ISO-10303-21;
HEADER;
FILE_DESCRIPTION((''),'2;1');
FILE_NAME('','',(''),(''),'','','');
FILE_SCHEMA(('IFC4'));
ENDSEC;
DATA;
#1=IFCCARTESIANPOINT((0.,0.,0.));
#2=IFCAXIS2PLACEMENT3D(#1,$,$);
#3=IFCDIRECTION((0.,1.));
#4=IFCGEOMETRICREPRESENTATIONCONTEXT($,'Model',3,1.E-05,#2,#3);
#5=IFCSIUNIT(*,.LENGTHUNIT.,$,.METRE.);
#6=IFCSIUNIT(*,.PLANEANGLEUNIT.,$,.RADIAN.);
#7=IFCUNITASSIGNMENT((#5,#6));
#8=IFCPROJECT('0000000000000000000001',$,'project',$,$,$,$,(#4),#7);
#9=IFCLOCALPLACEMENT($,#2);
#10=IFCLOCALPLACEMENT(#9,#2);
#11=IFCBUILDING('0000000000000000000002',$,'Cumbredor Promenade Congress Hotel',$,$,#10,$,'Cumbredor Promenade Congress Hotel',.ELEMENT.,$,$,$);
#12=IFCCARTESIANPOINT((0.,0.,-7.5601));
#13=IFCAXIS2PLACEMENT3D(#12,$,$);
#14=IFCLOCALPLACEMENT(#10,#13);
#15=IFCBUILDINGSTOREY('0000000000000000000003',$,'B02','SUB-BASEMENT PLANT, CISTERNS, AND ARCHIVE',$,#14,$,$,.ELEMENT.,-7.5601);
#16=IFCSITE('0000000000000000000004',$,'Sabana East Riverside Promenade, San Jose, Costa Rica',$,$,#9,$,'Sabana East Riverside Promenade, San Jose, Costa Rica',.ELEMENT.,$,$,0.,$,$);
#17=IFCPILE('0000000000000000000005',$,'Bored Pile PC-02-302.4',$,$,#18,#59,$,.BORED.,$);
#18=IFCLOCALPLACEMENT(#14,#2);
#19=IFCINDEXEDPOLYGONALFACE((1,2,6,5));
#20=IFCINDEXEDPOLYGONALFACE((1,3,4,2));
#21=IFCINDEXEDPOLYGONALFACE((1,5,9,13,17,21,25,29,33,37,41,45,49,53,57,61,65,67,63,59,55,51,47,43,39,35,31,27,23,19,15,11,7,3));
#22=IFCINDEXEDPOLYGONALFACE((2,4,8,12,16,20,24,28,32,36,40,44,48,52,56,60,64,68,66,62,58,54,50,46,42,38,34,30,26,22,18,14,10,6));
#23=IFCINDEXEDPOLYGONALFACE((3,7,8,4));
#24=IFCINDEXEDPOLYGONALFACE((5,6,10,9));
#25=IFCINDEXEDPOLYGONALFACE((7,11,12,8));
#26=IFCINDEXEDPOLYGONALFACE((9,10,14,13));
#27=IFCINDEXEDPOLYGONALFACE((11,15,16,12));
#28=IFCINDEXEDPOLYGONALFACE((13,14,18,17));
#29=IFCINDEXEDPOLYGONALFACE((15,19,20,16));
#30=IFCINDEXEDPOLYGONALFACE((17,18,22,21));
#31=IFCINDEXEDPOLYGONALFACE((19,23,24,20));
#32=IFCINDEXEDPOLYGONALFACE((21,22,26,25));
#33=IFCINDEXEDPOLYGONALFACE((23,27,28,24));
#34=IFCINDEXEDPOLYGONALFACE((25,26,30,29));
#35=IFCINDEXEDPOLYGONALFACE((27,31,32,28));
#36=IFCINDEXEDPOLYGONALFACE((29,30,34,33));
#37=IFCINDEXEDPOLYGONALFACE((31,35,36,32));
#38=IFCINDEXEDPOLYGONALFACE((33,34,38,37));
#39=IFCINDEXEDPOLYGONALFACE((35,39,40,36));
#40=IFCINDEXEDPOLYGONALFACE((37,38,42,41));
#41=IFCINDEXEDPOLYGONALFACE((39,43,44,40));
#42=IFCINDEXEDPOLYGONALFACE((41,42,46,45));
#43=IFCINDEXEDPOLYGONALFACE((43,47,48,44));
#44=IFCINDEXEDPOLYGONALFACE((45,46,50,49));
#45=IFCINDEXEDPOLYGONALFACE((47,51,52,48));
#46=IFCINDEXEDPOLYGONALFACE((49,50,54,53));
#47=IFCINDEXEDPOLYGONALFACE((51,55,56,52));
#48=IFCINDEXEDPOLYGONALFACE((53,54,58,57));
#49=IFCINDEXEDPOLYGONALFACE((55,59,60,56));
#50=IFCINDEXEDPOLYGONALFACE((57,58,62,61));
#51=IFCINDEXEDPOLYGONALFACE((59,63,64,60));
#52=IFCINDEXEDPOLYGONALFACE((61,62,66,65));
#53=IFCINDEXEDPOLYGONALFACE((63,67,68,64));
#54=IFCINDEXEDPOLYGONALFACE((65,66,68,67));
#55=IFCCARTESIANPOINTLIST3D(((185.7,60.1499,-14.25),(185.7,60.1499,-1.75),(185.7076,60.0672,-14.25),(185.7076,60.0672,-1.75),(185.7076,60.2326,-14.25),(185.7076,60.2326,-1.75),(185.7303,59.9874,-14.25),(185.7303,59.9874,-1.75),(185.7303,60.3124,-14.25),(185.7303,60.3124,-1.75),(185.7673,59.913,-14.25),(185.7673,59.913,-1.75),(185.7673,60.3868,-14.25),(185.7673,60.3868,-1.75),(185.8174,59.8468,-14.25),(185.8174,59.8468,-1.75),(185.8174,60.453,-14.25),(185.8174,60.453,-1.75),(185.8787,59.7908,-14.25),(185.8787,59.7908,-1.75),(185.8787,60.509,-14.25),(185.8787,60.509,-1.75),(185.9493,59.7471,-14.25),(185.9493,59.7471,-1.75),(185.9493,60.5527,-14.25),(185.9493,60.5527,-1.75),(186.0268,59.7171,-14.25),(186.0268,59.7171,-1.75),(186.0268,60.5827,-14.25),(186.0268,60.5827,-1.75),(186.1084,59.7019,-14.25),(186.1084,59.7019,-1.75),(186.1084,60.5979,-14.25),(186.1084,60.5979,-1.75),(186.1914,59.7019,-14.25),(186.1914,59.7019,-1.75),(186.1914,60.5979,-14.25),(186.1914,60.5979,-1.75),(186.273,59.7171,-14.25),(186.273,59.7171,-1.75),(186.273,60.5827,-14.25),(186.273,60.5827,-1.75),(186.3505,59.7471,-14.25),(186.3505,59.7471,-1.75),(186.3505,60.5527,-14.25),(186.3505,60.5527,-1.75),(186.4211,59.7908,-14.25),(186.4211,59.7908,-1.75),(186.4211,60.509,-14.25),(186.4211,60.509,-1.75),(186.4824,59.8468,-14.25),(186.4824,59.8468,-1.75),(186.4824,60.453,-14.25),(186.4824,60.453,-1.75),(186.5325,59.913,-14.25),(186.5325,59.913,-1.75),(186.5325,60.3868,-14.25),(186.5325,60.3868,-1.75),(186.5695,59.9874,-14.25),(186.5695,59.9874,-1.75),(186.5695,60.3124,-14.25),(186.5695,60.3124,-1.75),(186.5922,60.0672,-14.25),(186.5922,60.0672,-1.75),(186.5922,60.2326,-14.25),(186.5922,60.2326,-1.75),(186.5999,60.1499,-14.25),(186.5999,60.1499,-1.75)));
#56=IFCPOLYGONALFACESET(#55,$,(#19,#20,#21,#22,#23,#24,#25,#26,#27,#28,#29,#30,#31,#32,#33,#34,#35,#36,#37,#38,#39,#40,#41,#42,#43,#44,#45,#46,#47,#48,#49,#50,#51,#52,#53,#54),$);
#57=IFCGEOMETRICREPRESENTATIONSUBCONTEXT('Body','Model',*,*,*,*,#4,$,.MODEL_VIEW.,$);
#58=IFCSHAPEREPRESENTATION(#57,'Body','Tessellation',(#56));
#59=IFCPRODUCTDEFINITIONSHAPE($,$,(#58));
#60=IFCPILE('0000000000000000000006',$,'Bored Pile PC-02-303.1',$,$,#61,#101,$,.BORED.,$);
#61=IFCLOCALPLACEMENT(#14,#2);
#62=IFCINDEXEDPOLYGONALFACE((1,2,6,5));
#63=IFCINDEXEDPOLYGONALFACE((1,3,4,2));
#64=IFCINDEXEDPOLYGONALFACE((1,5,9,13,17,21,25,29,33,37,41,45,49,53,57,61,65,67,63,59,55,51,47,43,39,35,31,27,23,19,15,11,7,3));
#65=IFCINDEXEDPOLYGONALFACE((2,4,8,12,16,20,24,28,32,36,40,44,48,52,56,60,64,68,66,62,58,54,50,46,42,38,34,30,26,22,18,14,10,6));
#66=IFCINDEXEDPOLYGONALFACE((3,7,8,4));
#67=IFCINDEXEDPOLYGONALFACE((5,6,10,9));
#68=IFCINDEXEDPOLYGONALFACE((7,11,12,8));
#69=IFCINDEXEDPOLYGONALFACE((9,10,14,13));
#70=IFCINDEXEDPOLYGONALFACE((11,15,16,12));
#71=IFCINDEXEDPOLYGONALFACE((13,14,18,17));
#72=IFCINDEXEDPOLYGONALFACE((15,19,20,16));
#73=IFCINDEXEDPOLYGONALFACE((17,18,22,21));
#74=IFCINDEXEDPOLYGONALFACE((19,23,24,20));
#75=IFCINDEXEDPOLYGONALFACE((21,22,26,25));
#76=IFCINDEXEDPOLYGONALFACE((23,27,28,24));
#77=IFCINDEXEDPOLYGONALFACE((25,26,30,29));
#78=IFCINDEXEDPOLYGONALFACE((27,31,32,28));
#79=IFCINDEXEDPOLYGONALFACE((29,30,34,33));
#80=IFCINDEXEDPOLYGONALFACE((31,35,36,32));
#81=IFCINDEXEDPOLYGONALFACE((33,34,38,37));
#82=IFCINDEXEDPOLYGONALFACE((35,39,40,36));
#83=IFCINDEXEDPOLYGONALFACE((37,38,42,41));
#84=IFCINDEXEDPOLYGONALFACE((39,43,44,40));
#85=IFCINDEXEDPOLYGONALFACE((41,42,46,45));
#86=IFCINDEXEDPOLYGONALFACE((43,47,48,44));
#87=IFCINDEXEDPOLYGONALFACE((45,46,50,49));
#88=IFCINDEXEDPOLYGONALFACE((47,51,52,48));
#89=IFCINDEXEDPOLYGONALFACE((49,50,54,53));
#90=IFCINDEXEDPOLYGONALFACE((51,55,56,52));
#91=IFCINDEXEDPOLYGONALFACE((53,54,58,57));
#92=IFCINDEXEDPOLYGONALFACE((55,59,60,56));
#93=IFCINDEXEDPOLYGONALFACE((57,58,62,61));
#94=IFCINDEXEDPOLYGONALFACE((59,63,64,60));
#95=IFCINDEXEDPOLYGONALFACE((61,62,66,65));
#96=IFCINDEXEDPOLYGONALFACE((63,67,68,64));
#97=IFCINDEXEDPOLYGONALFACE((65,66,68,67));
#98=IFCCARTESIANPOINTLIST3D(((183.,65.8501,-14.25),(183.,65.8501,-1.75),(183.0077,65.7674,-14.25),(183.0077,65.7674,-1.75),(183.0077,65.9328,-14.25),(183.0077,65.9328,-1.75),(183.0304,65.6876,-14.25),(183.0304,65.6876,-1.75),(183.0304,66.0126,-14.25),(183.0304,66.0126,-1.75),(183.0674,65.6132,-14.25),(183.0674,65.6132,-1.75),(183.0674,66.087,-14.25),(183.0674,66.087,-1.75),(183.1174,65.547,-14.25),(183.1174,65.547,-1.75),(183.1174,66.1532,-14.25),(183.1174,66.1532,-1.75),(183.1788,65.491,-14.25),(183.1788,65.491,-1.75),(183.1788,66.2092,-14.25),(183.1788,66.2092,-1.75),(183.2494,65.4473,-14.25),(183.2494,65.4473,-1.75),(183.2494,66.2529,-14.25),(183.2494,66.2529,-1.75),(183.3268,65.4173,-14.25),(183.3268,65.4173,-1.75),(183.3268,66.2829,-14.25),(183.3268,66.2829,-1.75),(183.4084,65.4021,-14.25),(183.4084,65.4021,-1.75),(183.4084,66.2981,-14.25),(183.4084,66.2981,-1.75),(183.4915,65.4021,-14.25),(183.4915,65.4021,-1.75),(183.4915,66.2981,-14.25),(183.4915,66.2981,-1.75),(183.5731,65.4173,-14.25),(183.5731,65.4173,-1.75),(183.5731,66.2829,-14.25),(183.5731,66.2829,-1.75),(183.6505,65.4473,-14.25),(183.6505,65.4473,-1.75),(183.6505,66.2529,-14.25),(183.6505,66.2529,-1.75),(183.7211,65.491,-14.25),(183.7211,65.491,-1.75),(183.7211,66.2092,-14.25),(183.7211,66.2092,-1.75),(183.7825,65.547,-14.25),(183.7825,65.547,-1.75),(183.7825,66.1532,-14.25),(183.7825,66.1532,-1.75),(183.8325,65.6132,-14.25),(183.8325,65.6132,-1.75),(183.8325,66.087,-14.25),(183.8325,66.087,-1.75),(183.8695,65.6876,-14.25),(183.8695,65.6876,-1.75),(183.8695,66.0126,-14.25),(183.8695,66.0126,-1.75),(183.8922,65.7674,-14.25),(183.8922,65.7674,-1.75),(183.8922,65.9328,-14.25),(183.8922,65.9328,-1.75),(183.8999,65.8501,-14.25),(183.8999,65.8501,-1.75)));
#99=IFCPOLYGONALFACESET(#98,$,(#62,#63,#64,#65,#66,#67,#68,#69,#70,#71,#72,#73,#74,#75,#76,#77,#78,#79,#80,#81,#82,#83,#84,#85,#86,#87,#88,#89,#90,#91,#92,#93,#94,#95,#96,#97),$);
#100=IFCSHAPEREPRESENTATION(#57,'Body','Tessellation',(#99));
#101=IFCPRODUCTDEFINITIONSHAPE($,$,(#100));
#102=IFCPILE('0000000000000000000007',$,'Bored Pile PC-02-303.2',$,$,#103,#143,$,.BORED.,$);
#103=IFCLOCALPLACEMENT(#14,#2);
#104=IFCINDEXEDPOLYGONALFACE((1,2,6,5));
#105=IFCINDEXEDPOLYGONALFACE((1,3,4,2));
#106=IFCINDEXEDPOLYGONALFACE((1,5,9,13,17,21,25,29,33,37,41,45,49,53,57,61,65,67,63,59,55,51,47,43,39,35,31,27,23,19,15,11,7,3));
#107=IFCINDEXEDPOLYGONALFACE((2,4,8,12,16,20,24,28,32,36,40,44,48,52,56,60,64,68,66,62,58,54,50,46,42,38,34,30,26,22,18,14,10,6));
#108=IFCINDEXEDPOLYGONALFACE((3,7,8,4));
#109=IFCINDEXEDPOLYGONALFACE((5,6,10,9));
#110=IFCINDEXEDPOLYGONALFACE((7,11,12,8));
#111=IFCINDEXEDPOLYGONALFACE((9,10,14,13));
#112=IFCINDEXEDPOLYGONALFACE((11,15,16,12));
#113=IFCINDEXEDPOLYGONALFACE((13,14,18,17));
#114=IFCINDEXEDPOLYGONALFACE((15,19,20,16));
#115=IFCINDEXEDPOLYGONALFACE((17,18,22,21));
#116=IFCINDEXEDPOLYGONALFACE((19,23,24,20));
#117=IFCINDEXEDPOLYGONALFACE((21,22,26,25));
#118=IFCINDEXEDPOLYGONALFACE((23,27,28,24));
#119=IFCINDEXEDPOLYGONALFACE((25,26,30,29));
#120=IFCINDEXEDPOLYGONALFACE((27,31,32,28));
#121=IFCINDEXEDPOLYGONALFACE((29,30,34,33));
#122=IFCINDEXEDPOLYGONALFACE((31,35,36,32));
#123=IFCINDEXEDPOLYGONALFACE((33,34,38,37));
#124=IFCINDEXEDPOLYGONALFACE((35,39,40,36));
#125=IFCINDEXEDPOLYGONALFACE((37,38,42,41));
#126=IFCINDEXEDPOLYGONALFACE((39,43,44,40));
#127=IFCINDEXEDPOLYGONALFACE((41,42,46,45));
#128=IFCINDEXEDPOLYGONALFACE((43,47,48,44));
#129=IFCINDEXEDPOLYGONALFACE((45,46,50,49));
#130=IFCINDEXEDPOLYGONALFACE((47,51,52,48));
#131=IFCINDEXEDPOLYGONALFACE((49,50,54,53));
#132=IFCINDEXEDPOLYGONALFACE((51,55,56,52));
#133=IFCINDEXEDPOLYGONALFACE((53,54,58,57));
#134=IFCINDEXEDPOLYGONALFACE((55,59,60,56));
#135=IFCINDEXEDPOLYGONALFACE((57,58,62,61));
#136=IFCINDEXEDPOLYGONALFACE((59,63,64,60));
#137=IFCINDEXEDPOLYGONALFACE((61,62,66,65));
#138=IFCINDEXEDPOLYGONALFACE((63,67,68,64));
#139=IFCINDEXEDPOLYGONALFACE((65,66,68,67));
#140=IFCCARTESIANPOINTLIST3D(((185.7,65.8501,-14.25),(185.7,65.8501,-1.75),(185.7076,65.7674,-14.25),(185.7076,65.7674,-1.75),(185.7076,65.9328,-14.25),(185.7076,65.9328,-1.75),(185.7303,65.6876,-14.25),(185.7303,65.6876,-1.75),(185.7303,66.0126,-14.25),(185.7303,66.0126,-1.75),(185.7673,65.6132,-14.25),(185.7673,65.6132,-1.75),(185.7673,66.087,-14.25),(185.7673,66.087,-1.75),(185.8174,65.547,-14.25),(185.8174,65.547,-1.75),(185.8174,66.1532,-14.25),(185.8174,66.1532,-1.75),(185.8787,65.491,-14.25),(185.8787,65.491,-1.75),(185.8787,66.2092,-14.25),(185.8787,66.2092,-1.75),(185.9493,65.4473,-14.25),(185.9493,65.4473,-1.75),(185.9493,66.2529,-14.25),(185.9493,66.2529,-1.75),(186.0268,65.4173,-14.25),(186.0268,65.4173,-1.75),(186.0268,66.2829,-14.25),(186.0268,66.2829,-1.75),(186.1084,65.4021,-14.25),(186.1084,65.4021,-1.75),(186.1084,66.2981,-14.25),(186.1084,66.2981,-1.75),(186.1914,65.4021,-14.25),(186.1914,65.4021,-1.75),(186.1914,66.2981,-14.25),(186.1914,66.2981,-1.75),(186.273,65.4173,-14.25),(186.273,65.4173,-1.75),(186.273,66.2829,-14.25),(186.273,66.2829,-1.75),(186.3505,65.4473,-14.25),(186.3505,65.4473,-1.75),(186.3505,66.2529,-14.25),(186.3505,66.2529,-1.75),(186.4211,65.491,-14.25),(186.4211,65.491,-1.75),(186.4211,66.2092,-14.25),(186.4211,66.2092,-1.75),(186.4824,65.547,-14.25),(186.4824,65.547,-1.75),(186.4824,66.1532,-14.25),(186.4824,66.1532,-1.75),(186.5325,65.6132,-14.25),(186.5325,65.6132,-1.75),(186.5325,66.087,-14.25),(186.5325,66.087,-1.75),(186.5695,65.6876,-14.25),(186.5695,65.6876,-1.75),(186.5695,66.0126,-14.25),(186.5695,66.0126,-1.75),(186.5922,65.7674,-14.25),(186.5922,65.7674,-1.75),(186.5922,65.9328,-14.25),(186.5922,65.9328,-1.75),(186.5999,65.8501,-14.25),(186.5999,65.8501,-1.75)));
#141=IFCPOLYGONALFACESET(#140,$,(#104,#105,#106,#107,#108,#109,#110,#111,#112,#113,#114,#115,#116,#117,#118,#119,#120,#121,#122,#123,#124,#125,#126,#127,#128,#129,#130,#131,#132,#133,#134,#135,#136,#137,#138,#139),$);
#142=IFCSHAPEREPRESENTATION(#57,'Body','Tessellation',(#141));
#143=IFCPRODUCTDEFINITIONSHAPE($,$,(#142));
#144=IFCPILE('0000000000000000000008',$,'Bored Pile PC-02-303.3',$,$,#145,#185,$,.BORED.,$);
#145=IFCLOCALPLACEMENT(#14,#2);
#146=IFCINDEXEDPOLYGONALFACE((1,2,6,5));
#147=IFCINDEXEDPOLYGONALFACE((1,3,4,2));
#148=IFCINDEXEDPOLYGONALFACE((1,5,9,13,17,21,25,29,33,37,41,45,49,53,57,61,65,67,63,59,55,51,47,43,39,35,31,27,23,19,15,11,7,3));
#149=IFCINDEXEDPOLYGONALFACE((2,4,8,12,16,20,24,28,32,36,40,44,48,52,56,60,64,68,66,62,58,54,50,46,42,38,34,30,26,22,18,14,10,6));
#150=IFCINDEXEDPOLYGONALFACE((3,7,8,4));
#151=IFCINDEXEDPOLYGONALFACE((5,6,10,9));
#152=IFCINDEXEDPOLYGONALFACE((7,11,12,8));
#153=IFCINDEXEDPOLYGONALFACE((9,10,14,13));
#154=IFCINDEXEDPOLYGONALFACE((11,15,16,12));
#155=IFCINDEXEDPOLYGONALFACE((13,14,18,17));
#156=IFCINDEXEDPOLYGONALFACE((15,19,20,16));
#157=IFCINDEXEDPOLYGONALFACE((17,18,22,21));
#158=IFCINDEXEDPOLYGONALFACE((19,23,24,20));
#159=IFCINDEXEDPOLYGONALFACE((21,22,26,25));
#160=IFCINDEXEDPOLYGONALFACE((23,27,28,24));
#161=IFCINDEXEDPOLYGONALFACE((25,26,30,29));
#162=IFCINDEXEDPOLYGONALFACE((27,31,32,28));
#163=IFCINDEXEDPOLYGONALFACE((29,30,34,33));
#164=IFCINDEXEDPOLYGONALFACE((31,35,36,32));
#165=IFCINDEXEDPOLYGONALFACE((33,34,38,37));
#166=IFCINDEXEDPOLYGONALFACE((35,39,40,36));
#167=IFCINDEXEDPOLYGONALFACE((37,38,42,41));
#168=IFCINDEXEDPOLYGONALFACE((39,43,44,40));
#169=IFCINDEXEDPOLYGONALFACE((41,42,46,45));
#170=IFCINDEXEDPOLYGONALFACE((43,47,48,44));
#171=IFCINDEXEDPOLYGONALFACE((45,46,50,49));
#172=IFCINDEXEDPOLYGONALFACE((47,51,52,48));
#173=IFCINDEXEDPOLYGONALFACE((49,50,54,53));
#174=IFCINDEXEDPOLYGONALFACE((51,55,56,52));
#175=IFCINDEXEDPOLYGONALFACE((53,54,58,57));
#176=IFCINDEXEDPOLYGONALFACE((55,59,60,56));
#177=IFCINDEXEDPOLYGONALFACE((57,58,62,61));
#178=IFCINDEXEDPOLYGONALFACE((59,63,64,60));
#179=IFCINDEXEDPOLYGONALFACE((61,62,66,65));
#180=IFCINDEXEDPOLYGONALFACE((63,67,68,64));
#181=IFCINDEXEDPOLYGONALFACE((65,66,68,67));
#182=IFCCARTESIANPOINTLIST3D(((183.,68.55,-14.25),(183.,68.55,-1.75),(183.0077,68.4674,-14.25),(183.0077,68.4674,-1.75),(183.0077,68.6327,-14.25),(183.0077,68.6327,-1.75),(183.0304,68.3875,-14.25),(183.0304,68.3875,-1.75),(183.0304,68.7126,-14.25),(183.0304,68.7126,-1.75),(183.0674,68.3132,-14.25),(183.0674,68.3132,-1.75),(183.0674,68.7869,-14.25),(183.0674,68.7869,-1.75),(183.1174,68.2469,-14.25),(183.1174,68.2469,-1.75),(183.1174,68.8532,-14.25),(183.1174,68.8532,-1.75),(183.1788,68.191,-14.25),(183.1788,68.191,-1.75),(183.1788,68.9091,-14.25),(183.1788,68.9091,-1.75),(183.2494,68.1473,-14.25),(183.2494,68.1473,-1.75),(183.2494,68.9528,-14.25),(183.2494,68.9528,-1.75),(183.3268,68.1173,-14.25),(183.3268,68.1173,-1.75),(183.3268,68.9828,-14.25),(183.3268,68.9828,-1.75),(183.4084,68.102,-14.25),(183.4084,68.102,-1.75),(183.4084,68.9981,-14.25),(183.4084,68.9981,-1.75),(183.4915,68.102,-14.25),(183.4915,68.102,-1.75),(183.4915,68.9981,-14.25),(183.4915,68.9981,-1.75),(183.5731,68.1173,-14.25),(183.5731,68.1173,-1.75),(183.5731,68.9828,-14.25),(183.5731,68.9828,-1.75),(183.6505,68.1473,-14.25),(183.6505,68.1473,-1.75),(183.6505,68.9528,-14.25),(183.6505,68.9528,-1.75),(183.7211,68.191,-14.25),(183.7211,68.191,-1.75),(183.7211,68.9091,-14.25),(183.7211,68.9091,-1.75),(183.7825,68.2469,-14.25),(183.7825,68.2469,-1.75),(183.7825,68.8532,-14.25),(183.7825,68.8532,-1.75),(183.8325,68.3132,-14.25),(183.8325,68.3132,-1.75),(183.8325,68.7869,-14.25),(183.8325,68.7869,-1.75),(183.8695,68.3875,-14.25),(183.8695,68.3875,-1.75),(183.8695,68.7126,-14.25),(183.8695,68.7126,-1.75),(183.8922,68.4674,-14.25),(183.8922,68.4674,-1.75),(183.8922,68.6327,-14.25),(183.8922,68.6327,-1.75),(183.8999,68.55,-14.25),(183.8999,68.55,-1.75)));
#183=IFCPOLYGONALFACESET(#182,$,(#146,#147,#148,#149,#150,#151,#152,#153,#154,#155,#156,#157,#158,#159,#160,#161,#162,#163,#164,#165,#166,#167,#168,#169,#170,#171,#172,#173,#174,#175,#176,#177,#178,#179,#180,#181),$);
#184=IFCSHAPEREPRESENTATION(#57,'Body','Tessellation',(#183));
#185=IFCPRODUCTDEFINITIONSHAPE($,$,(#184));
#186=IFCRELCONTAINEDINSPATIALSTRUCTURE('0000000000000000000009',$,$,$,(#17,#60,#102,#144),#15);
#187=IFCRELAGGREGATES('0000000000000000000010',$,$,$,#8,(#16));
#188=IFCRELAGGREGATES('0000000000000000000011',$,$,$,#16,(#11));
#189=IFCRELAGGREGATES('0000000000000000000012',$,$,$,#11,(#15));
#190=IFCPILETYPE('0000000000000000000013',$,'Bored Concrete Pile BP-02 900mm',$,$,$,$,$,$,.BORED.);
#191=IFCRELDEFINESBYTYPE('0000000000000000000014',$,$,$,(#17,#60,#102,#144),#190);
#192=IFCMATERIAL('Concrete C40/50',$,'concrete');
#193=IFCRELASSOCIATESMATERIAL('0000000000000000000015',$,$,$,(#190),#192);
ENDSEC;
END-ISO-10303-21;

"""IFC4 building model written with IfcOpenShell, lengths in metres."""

from ifc_helpers import new_model, si_unit, direction, frame, origin, origin_2d, place, context, subcontext, project, spatial, circle, extrude, material, material_profile, profile_set, type_object, element, save


model = new_model("IFC4")

# Units and contexts
model_context = context("Model", 3, precision=1e-05, world=origin(), true_north=direction((0.0, 1.0)))
body_context = subcontext(model_context, "Body", "Model", "MODEL_VIEW")
ifc_project = project(units=[si_unit("LENGTHUNIT", "METRE"), si_unit("PLANEANGLEUNIT", "RADIAN")], contexts=[model_context])

# Site, building, storey
site_placement = place(None, origin())
site = spatial("IfcSite", under=ifc_project, at=site_placement, Name="Sabana East Riverside Promenade, San Jose, Costa Rica", LongName="Sabana East Riverside Promenade, San Jose, Costa Rica", CompositionType="ELEMENT", RefElevation=0.0)
building_placement = place(site_placement, origin())
building = spatial("IfcBuilding", under=site, at=building_placement, Name="Cumbredor Promenade Congress Hotel", LongName="Cumbredor Promenade Congress Hotel", CompositionType="ELEMENT")
storey_placement = place(building_placement, frame((0.0, 0.0, -7.5601)))
storey = spatial("IfcBuildingStorey", under=building, at=storey_placement, Name="B02", Description="SUB-BASEMENT PLANT, CISTERNS, AND ARCHIVE", CompositionType="ELEMENT", Elevation=-7.5601)

# Piles
ifc_material_1 = material(Name="Concrete C40/50", Category="concrete")
ifc_material_profile_1 = material_profile(ifc_material_1, circle(Radius=0.45, at=origin_2d()), Name="PILE D900")
ifc_profile_set_1 = profile_set([ifc_material_profile_1], Name="Concrete C40/50")
pile_type = type_object("IfcPileType", Name="Bored Concrete Pile BP-02 900mm", PredefinedType="BORED", material=ifc_profile_set_1)
for number, where, z_axis, x_axis, name in (
    (1, (186.1499, 60.1499, -1.75), (0.0, 0.0, -1.0), (1.0, 0.0, 0.0), "Bored Pile PC-02-302.4"),
    (2, (183.45, 65.8501, -1.75), (0.0, 0.0, -1.0), (1.0, 0.0, 0.0), "Bored Pile PC-02-303.1"),
    (3, (186.1499, 65.8501, -1.75), (0.0, 0.0, -1.0), (1.0, 0.0, 0.0), "Bored Pile PC-02-303.2"),
    (4, (183.45, 68.55, -1.75), (0.0, 0.0, -1.0), (1.0, 0.0, 0.0), "Bored Pile PC-02-303.3"),
):
    element("IfcPile", number, at=place(storey_placement, frame(where, z_axis=z_axis, x_axis=x_axis)), inside=storey, type_object=pile_type, Name=name, PredefinedType="BORED", context=body_context, shape_type="SweptSolid", body=[
        extrude(circle(Radius=0.45, at=origin_2d()), origin(), (0.0, 0.0, 1.0), 12.5),
    ])

save(model, "model.ifc")
